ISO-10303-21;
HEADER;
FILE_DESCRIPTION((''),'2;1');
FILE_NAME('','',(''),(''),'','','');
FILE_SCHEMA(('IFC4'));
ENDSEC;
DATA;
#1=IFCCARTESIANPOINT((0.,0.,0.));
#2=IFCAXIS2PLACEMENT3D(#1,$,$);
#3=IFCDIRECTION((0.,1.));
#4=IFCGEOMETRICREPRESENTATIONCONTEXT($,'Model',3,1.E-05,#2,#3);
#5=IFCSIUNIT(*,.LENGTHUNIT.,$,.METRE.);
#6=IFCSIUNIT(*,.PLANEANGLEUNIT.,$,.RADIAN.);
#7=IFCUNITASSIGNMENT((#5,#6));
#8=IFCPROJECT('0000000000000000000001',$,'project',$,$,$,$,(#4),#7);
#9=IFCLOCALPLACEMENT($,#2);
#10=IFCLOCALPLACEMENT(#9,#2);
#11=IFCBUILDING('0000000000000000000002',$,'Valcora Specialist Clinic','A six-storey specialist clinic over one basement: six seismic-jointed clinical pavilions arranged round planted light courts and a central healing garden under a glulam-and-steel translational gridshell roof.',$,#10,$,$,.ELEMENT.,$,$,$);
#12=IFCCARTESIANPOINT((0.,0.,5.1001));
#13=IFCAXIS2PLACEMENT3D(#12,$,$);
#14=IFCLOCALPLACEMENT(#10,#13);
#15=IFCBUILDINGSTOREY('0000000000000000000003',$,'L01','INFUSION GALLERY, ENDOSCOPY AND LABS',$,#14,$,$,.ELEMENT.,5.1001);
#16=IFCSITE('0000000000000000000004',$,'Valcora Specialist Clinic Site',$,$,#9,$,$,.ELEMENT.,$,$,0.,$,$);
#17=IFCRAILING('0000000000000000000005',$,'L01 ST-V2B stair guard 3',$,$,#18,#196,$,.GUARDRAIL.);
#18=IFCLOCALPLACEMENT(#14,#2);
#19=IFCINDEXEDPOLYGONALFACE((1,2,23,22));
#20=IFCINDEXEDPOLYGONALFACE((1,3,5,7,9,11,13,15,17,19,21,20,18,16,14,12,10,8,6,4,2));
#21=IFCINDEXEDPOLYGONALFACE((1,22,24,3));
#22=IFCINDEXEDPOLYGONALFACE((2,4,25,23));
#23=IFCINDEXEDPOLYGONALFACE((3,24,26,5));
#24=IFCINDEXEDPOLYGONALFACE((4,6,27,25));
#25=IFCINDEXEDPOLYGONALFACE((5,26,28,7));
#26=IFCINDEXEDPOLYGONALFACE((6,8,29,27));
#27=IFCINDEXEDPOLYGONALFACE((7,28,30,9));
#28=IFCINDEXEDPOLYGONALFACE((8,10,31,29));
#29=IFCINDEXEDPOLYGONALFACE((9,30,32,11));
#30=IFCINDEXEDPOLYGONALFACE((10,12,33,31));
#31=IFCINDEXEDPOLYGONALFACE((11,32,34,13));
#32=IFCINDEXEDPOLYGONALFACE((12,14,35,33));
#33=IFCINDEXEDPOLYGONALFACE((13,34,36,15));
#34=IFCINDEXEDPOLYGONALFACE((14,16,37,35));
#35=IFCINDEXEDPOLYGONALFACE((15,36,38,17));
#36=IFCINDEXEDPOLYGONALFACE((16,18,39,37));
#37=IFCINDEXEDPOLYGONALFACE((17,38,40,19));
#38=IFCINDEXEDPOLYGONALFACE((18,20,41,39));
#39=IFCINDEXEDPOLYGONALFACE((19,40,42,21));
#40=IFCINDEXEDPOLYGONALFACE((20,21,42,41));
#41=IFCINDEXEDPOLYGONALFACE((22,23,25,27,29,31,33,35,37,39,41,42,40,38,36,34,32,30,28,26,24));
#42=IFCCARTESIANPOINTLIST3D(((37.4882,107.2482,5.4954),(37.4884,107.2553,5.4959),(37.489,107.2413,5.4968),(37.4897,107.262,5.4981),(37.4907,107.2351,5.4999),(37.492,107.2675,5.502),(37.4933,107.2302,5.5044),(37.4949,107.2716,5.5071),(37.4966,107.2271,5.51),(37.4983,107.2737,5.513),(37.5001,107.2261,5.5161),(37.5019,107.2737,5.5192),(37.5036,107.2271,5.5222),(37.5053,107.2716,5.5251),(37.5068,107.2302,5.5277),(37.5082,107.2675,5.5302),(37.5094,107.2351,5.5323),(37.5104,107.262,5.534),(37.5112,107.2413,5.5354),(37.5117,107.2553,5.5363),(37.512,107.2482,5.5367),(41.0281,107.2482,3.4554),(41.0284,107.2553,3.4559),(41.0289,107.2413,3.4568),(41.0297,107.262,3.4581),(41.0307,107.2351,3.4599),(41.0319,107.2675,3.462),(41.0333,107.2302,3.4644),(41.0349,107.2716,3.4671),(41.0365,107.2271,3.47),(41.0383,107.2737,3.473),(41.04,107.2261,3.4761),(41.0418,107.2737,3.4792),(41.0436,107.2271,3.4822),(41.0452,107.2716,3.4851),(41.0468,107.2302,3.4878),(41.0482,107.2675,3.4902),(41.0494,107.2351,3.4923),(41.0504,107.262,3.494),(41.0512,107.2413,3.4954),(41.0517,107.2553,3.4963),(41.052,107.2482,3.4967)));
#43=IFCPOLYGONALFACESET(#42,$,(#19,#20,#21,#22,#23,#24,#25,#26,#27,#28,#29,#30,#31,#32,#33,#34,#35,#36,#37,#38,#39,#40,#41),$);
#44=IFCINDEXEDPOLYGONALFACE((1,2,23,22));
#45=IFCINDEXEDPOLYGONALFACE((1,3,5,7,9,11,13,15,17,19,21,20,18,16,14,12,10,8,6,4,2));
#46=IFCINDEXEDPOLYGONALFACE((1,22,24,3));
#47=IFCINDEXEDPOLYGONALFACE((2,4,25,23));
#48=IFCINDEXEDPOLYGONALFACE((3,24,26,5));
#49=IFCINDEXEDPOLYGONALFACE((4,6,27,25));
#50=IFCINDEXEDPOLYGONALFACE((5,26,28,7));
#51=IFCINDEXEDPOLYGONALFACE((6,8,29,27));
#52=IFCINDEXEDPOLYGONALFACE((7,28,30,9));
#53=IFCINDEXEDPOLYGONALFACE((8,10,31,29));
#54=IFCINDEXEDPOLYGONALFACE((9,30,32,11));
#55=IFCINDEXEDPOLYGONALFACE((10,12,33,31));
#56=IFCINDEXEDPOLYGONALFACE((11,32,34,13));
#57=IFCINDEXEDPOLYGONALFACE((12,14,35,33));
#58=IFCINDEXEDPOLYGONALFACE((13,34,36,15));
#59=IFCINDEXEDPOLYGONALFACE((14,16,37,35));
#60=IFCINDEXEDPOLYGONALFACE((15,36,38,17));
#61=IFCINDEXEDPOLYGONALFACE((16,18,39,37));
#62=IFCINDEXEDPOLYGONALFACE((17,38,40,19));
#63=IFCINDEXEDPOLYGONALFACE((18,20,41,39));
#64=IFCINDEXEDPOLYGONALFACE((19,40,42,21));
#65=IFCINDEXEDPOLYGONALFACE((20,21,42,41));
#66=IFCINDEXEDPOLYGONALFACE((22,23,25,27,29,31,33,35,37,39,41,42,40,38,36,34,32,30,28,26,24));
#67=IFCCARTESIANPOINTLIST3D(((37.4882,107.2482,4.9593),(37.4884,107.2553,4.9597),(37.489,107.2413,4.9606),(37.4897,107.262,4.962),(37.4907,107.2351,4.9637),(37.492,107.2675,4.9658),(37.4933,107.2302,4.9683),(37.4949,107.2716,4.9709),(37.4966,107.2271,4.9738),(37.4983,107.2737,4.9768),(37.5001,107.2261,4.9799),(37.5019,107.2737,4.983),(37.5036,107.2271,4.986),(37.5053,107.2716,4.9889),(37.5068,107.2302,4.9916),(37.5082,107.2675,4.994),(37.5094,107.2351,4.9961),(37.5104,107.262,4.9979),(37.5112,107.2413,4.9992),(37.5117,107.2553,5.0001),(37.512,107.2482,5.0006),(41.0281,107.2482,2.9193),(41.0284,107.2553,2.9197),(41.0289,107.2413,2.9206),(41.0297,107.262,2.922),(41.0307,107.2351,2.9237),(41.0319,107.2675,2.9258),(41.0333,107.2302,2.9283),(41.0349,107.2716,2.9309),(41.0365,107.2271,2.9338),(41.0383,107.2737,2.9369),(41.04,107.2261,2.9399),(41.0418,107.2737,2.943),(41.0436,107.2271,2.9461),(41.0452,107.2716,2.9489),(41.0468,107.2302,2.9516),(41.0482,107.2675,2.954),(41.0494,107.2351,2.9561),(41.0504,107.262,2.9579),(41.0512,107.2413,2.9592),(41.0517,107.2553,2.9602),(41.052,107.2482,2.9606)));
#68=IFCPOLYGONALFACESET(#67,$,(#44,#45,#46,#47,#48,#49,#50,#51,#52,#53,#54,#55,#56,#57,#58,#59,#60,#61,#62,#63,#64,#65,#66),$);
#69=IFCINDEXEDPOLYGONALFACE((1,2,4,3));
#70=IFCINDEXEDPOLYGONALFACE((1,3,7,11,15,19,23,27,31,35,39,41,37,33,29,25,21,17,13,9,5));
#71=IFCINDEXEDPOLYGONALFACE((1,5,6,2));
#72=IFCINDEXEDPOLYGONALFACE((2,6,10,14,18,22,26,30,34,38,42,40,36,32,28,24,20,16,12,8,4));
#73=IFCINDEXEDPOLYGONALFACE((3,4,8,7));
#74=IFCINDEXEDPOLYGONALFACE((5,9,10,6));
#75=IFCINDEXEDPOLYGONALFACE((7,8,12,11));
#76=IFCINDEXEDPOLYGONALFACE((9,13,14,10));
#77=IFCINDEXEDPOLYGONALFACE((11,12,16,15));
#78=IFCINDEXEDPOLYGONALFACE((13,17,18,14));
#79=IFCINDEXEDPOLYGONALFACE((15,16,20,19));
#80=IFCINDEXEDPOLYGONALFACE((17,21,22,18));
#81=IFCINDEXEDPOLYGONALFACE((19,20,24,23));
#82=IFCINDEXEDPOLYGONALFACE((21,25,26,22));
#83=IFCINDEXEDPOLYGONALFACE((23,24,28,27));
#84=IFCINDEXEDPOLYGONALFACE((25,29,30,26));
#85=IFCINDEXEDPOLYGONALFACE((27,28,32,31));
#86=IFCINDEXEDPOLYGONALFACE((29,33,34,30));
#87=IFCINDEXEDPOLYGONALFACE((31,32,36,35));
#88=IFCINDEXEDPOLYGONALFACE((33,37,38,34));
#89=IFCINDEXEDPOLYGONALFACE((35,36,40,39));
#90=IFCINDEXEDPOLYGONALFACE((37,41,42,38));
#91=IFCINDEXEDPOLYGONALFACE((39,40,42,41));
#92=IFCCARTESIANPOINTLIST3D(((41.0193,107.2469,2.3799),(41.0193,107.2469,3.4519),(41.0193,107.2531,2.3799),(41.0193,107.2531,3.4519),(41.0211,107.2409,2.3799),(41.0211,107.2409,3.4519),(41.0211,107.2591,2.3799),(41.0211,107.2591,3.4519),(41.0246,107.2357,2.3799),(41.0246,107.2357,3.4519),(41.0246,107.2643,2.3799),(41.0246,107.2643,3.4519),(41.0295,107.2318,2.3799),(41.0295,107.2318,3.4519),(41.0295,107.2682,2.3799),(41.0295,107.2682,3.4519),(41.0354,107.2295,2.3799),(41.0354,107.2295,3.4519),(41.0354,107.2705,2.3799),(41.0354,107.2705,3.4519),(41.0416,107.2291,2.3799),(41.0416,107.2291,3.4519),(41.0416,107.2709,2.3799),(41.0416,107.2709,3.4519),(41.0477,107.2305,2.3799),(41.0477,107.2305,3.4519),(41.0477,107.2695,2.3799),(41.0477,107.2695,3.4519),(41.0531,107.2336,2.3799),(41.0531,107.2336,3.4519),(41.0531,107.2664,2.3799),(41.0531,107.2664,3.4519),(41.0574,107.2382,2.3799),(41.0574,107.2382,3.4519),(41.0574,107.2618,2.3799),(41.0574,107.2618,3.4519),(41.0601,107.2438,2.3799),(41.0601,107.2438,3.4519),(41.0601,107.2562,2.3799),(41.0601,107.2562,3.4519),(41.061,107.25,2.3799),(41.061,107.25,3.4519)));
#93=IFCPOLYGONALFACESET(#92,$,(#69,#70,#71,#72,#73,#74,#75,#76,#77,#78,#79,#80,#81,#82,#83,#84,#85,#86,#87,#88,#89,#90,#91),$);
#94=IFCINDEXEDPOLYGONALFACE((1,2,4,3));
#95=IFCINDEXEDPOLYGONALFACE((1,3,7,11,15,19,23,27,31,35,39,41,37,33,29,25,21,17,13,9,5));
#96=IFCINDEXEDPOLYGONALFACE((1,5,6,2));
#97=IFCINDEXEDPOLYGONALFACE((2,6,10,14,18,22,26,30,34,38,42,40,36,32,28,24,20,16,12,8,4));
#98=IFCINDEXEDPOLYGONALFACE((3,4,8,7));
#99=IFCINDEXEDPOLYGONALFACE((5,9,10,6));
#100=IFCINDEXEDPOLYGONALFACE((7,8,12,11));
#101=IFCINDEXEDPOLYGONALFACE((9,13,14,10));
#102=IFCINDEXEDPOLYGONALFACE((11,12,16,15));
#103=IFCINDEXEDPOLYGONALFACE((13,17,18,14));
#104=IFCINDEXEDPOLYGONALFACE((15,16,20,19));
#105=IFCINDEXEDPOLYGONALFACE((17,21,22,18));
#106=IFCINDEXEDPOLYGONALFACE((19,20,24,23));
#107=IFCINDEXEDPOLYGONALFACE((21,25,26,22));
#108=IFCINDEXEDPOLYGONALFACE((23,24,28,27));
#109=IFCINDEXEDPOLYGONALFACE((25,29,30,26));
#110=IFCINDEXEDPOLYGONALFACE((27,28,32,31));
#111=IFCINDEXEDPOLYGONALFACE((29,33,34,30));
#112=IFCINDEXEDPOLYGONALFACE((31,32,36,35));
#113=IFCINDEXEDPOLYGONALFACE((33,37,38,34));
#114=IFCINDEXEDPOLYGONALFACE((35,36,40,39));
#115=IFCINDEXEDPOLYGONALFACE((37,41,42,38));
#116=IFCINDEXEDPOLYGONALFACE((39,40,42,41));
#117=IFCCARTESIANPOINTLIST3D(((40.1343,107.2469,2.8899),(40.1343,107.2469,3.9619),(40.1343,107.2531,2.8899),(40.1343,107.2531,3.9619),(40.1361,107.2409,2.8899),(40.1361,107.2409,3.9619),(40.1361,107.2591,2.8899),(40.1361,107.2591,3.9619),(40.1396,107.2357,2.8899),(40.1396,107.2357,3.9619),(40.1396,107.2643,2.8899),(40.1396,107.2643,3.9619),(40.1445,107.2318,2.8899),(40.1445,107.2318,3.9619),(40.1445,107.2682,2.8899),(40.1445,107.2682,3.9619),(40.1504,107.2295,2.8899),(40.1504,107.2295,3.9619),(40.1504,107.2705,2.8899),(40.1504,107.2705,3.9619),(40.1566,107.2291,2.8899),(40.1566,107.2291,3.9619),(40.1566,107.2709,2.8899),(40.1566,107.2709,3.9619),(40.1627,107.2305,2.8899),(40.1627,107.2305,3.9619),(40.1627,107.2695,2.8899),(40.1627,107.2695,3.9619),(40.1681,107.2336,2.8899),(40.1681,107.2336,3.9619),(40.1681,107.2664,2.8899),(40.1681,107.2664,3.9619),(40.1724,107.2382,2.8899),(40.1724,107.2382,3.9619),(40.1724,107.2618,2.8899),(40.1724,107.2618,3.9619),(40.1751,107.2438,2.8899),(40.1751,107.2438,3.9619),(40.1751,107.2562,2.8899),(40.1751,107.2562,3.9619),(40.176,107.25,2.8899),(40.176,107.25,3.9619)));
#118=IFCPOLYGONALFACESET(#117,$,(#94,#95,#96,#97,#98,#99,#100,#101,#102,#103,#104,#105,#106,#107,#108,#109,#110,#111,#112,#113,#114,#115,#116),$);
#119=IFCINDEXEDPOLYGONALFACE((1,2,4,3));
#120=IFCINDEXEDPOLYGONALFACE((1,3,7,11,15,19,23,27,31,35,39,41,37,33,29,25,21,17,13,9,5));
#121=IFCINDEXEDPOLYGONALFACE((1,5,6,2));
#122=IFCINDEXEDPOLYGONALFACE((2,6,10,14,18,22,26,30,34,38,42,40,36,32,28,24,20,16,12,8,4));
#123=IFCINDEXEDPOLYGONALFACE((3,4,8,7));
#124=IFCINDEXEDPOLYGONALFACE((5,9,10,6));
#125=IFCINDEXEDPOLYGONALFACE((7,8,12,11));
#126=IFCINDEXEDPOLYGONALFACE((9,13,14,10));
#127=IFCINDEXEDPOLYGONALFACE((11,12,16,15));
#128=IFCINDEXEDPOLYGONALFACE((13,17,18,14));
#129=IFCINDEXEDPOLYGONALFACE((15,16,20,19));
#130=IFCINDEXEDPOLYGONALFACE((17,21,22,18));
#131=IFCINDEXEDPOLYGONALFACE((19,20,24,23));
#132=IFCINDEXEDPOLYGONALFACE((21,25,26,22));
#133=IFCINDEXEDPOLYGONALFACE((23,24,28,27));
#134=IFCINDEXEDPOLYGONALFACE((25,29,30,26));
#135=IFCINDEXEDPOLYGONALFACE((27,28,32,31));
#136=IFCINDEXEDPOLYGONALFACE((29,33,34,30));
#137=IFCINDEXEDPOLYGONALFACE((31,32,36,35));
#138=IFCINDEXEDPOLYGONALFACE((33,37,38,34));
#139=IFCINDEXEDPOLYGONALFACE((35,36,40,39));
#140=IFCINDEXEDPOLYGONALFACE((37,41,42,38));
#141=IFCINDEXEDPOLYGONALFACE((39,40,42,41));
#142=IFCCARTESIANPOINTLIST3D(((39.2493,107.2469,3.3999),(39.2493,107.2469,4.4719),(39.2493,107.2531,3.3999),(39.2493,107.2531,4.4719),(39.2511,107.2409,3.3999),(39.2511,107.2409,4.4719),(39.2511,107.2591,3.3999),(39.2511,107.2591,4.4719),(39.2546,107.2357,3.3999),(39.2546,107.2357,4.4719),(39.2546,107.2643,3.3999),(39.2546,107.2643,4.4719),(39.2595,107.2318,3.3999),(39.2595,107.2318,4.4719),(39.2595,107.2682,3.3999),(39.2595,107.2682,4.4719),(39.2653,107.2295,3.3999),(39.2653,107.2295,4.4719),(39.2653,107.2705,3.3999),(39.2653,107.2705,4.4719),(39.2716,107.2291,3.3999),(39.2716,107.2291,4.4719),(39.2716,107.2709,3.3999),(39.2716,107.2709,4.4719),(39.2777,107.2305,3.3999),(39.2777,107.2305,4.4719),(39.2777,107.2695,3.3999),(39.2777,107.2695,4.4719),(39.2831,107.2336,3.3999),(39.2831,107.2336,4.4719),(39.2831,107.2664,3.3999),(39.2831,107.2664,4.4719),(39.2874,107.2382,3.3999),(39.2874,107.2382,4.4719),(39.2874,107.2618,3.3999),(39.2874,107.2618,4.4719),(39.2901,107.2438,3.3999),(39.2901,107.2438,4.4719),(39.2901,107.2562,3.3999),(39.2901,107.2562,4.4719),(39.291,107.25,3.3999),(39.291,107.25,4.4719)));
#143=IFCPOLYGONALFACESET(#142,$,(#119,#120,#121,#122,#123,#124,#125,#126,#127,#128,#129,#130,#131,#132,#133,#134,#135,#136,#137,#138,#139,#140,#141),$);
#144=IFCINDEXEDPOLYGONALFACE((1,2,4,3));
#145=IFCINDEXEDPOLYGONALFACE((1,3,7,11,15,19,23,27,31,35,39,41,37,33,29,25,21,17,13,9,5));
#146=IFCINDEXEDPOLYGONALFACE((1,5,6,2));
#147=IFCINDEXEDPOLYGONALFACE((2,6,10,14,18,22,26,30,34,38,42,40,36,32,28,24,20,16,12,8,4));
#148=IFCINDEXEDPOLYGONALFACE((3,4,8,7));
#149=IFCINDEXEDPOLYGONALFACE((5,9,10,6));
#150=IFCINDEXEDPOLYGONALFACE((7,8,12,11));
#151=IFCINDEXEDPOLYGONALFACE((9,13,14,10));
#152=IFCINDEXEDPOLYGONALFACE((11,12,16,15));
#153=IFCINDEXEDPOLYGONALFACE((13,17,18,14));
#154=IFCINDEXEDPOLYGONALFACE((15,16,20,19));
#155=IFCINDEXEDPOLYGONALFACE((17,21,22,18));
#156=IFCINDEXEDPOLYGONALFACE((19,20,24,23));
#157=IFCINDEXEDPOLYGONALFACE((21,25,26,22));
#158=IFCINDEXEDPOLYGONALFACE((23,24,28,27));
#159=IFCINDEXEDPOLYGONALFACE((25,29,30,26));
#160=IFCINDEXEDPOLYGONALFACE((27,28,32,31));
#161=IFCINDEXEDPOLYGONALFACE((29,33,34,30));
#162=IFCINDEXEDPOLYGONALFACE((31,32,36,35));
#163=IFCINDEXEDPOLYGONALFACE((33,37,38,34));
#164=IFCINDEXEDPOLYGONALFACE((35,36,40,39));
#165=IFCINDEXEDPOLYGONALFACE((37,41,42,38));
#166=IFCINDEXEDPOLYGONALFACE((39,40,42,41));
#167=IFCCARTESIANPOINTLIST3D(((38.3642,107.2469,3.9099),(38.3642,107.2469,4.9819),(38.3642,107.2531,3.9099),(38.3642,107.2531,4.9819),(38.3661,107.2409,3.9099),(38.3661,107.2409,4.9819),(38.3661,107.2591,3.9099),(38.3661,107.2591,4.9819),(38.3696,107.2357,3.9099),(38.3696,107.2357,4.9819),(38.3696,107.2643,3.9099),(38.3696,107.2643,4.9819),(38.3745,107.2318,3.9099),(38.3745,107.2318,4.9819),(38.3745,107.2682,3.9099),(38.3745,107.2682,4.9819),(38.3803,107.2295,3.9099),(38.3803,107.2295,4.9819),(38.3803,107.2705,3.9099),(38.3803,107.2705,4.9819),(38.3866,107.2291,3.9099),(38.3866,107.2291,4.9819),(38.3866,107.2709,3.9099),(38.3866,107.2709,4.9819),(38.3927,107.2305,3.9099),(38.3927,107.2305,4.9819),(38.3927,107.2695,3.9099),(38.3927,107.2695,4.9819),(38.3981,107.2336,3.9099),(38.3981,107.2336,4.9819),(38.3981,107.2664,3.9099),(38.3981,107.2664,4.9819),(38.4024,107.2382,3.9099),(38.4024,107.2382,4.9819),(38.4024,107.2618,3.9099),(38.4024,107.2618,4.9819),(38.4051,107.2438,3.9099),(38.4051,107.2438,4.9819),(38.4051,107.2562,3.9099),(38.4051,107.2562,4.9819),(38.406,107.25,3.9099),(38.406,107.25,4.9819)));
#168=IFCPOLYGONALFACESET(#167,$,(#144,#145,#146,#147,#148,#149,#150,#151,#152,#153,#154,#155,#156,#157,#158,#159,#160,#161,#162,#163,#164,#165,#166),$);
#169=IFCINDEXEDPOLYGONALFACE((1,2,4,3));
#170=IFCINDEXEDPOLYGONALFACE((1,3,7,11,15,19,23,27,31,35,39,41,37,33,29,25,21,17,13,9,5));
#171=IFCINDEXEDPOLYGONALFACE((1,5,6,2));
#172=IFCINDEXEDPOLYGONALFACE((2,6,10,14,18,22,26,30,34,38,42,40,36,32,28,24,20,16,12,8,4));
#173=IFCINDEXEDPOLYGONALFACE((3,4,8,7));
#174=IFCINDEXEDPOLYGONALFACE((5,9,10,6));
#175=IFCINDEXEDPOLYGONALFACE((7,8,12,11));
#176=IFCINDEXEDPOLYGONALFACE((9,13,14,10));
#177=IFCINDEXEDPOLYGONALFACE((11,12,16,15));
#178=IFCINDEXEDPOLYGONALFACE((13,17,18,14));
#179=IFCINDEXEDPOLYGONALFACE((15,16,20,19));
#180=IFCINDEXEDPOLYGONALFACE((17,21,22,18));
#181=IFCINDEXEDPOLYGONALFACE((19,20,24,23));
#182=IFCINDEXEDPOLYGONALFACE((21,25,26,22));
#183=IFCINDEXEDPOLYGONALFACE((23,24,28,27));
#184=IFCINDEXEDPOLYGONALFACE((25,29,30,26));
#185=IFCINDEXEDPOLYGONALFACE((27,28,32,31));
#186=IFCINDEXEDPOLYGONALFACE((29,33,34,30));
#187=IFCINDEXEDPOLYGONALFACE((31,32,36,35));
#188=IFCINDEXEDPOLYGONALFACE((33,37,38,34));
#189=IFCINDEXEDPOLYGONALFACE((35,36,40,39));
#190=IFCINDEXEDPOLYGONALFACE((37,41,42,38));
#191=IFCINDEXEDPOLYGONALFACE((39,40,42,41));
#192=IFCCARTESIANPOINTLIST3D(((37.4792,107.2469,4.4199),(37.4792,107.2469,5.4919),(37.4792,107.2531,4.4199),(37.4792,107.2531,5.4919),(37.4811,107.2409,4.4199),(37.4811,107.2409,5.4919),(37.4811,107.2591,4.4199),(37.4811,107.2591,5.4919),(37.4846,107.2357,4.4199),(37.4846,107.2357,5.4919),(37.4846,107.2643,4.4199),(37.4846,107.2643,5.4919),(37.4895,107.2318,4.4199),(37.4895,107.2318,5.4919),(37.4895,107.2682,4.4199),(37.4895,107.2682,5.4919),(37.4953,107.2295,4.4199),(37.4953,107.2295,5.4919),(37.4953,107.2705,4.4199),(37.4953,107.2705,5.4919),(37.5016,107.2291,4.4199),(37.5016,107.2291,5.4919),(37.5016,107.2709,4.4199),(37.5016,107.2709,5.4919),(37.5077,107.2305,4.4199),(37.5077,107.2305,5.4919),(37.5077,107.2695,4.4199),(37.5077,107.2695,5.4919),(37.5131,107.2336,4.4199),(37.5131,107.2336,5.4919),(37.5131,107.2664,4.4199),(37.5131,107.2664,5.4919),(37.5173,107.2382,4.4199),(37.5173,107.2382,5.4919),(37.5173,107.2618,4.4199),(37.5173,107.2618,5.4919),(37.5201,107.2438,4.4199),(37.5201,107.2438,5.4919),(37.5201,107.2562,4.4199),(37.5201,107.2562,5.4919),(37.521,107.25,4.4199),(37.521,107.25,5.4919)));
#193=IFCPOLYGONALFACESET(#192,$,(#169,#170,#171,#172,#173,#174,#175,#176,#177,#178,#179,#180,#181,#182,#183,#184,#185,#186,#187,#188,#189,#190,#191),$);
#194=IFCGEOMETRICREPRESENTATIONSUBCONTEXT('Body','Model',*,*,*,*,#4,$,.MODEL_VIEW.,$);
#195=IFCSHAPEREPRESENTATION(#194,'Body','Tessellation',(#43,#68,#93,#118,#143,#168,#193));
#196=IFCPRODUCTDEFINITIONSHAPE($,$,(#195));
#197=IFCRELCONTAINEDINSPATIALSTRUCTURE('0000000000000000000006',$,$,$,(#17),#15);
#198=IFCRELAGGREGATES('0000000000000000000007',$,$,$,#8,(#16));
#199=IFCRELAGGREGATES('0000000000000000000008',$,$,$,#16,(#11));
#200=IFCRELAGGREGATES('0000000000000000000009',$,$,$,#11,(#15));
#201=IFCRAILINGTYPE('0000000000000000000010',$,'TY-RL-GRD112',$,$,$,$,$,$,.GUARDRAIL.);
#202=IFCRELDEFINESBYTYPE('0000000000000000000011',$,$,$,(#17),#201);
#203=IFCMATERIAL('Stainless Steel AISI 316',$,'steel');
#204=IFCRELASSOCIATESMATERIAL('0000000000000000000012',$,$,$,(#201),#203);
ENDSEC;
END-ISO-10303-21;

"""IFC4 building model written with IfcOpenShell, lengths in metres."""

from ifc_helpers import new_model, si_unit, direction, frame, origin, origin_2d, place, context, subcontext, project, spatial, circle, extrude, material, type_object, element, save


model = new_model("IFC4")

# Units and contexts
model_context = context("Model", 3, precision=1e-05, world=origin(), true_north=direction((0.0, 1.0)))
body_context = subcontext(model_context, "Body", "Model", "MODEL_VIEW")
ifc_project = project(units=[si_unit("LENGTHUNIT", "METRE"), si_unit("PLANEANGLEUNIT", "RADIAN")], contexts=[model_context])

# Site, building, storey
site_placement = place(None, origin())
site = spatial("IfcSite", under=ifc_project, at=site_placement, Name="Valcora Specialist Clinic Site", CompositionType="ELEMENT", RefElevation=0.0)
building_placement = place(site_placement, origin())
building = spatial("IfcBuilding", under=site, at=building_placement, Name="Valcora Specialist Clinic", Description="A six-storey specialist clinic over one basement: six seismic-jointed clinical pavilions arranged round planted light courts and a central healing garden under a glulam-and-steel translational gridshell roof.", CompositionType="ELEMENT")
storey_placement = place(building_placement, frame((0.0, 0.0, 5.1001)))
storey = spatial("IfcBuildingStorey", under=building, at=storey_placement, Name="L01", Description="INFUSION GALLERY, ENDOSCOPY AND LABS", CompositionType="ELEMENT", Elevation=5.1001)

# Railing
ifc_material_1 = material(Name="Stainless Steel AISI 316", Category="steel")
railing_type_1 = type_object("IfcRailingType", Name="TY-RL-GRD112", PredefinedType="GUARDRAIL", material=ifc_material_1)
railing_1_placement = place(storey_placement, frame((41.04, 107.25, 2.3799)))
element("IfcRailing", 1, at=railing_1_placement, inside=storey, type_object=railing_type_1, Name="L01 ST-V2B stair guard 3", PredefinedType="GUARDRAIL", context=body_context, shape_type="SweptSolid", body=[
    extrude(circle(Radius=0.0239, at=origin_2d()), frame((0.0, 0.0, 1.0962), z_axis=(-0.866428, 0.0, 0.499302), x_axis=(0.0, -1.0, 0.0)), (0.0, 0.0, 1.0), 4.0857),
    extrude(circle(Radius=0.0239, at=origin_2d()), frame((0.0, 0.0, 0.5601), z_axis=(-0.866428, 0.0, 0.499302), x_axis=(0.0, -1.0, 0.0)), (0.0, 0.0, 1.0), 4.0857),
    extrude(circle(Radius=0.021, at=origin_2d()), origin(), (0.0, 0.0, 1.0), 1.072),
    extrude(circle(Radius=0.021, at=origin_2d()), frame((-0.885, 0.0, 0.51)), (0.0, 0.0, 1.0), 1.072),
    extrude(circle(Radius=0.021, at=origin_2d()), frame((-1.77, 0.0, 1.02)), (0.0, 0.0, 1.0), 1.072),
    extrude(circle(Radius=0.021, at=origin_2d()), frame((-2.655, 0.0, 1.53)), (0.0, 0.0, 1.0), 1.072),
    extrude(circle(Radius=0.021, at=origin_2d()), frame((-3.54, 0.0, 2.04)), (0.0, 0.0, 1.0), 1.072),
])

save(model, "model.ifc")
